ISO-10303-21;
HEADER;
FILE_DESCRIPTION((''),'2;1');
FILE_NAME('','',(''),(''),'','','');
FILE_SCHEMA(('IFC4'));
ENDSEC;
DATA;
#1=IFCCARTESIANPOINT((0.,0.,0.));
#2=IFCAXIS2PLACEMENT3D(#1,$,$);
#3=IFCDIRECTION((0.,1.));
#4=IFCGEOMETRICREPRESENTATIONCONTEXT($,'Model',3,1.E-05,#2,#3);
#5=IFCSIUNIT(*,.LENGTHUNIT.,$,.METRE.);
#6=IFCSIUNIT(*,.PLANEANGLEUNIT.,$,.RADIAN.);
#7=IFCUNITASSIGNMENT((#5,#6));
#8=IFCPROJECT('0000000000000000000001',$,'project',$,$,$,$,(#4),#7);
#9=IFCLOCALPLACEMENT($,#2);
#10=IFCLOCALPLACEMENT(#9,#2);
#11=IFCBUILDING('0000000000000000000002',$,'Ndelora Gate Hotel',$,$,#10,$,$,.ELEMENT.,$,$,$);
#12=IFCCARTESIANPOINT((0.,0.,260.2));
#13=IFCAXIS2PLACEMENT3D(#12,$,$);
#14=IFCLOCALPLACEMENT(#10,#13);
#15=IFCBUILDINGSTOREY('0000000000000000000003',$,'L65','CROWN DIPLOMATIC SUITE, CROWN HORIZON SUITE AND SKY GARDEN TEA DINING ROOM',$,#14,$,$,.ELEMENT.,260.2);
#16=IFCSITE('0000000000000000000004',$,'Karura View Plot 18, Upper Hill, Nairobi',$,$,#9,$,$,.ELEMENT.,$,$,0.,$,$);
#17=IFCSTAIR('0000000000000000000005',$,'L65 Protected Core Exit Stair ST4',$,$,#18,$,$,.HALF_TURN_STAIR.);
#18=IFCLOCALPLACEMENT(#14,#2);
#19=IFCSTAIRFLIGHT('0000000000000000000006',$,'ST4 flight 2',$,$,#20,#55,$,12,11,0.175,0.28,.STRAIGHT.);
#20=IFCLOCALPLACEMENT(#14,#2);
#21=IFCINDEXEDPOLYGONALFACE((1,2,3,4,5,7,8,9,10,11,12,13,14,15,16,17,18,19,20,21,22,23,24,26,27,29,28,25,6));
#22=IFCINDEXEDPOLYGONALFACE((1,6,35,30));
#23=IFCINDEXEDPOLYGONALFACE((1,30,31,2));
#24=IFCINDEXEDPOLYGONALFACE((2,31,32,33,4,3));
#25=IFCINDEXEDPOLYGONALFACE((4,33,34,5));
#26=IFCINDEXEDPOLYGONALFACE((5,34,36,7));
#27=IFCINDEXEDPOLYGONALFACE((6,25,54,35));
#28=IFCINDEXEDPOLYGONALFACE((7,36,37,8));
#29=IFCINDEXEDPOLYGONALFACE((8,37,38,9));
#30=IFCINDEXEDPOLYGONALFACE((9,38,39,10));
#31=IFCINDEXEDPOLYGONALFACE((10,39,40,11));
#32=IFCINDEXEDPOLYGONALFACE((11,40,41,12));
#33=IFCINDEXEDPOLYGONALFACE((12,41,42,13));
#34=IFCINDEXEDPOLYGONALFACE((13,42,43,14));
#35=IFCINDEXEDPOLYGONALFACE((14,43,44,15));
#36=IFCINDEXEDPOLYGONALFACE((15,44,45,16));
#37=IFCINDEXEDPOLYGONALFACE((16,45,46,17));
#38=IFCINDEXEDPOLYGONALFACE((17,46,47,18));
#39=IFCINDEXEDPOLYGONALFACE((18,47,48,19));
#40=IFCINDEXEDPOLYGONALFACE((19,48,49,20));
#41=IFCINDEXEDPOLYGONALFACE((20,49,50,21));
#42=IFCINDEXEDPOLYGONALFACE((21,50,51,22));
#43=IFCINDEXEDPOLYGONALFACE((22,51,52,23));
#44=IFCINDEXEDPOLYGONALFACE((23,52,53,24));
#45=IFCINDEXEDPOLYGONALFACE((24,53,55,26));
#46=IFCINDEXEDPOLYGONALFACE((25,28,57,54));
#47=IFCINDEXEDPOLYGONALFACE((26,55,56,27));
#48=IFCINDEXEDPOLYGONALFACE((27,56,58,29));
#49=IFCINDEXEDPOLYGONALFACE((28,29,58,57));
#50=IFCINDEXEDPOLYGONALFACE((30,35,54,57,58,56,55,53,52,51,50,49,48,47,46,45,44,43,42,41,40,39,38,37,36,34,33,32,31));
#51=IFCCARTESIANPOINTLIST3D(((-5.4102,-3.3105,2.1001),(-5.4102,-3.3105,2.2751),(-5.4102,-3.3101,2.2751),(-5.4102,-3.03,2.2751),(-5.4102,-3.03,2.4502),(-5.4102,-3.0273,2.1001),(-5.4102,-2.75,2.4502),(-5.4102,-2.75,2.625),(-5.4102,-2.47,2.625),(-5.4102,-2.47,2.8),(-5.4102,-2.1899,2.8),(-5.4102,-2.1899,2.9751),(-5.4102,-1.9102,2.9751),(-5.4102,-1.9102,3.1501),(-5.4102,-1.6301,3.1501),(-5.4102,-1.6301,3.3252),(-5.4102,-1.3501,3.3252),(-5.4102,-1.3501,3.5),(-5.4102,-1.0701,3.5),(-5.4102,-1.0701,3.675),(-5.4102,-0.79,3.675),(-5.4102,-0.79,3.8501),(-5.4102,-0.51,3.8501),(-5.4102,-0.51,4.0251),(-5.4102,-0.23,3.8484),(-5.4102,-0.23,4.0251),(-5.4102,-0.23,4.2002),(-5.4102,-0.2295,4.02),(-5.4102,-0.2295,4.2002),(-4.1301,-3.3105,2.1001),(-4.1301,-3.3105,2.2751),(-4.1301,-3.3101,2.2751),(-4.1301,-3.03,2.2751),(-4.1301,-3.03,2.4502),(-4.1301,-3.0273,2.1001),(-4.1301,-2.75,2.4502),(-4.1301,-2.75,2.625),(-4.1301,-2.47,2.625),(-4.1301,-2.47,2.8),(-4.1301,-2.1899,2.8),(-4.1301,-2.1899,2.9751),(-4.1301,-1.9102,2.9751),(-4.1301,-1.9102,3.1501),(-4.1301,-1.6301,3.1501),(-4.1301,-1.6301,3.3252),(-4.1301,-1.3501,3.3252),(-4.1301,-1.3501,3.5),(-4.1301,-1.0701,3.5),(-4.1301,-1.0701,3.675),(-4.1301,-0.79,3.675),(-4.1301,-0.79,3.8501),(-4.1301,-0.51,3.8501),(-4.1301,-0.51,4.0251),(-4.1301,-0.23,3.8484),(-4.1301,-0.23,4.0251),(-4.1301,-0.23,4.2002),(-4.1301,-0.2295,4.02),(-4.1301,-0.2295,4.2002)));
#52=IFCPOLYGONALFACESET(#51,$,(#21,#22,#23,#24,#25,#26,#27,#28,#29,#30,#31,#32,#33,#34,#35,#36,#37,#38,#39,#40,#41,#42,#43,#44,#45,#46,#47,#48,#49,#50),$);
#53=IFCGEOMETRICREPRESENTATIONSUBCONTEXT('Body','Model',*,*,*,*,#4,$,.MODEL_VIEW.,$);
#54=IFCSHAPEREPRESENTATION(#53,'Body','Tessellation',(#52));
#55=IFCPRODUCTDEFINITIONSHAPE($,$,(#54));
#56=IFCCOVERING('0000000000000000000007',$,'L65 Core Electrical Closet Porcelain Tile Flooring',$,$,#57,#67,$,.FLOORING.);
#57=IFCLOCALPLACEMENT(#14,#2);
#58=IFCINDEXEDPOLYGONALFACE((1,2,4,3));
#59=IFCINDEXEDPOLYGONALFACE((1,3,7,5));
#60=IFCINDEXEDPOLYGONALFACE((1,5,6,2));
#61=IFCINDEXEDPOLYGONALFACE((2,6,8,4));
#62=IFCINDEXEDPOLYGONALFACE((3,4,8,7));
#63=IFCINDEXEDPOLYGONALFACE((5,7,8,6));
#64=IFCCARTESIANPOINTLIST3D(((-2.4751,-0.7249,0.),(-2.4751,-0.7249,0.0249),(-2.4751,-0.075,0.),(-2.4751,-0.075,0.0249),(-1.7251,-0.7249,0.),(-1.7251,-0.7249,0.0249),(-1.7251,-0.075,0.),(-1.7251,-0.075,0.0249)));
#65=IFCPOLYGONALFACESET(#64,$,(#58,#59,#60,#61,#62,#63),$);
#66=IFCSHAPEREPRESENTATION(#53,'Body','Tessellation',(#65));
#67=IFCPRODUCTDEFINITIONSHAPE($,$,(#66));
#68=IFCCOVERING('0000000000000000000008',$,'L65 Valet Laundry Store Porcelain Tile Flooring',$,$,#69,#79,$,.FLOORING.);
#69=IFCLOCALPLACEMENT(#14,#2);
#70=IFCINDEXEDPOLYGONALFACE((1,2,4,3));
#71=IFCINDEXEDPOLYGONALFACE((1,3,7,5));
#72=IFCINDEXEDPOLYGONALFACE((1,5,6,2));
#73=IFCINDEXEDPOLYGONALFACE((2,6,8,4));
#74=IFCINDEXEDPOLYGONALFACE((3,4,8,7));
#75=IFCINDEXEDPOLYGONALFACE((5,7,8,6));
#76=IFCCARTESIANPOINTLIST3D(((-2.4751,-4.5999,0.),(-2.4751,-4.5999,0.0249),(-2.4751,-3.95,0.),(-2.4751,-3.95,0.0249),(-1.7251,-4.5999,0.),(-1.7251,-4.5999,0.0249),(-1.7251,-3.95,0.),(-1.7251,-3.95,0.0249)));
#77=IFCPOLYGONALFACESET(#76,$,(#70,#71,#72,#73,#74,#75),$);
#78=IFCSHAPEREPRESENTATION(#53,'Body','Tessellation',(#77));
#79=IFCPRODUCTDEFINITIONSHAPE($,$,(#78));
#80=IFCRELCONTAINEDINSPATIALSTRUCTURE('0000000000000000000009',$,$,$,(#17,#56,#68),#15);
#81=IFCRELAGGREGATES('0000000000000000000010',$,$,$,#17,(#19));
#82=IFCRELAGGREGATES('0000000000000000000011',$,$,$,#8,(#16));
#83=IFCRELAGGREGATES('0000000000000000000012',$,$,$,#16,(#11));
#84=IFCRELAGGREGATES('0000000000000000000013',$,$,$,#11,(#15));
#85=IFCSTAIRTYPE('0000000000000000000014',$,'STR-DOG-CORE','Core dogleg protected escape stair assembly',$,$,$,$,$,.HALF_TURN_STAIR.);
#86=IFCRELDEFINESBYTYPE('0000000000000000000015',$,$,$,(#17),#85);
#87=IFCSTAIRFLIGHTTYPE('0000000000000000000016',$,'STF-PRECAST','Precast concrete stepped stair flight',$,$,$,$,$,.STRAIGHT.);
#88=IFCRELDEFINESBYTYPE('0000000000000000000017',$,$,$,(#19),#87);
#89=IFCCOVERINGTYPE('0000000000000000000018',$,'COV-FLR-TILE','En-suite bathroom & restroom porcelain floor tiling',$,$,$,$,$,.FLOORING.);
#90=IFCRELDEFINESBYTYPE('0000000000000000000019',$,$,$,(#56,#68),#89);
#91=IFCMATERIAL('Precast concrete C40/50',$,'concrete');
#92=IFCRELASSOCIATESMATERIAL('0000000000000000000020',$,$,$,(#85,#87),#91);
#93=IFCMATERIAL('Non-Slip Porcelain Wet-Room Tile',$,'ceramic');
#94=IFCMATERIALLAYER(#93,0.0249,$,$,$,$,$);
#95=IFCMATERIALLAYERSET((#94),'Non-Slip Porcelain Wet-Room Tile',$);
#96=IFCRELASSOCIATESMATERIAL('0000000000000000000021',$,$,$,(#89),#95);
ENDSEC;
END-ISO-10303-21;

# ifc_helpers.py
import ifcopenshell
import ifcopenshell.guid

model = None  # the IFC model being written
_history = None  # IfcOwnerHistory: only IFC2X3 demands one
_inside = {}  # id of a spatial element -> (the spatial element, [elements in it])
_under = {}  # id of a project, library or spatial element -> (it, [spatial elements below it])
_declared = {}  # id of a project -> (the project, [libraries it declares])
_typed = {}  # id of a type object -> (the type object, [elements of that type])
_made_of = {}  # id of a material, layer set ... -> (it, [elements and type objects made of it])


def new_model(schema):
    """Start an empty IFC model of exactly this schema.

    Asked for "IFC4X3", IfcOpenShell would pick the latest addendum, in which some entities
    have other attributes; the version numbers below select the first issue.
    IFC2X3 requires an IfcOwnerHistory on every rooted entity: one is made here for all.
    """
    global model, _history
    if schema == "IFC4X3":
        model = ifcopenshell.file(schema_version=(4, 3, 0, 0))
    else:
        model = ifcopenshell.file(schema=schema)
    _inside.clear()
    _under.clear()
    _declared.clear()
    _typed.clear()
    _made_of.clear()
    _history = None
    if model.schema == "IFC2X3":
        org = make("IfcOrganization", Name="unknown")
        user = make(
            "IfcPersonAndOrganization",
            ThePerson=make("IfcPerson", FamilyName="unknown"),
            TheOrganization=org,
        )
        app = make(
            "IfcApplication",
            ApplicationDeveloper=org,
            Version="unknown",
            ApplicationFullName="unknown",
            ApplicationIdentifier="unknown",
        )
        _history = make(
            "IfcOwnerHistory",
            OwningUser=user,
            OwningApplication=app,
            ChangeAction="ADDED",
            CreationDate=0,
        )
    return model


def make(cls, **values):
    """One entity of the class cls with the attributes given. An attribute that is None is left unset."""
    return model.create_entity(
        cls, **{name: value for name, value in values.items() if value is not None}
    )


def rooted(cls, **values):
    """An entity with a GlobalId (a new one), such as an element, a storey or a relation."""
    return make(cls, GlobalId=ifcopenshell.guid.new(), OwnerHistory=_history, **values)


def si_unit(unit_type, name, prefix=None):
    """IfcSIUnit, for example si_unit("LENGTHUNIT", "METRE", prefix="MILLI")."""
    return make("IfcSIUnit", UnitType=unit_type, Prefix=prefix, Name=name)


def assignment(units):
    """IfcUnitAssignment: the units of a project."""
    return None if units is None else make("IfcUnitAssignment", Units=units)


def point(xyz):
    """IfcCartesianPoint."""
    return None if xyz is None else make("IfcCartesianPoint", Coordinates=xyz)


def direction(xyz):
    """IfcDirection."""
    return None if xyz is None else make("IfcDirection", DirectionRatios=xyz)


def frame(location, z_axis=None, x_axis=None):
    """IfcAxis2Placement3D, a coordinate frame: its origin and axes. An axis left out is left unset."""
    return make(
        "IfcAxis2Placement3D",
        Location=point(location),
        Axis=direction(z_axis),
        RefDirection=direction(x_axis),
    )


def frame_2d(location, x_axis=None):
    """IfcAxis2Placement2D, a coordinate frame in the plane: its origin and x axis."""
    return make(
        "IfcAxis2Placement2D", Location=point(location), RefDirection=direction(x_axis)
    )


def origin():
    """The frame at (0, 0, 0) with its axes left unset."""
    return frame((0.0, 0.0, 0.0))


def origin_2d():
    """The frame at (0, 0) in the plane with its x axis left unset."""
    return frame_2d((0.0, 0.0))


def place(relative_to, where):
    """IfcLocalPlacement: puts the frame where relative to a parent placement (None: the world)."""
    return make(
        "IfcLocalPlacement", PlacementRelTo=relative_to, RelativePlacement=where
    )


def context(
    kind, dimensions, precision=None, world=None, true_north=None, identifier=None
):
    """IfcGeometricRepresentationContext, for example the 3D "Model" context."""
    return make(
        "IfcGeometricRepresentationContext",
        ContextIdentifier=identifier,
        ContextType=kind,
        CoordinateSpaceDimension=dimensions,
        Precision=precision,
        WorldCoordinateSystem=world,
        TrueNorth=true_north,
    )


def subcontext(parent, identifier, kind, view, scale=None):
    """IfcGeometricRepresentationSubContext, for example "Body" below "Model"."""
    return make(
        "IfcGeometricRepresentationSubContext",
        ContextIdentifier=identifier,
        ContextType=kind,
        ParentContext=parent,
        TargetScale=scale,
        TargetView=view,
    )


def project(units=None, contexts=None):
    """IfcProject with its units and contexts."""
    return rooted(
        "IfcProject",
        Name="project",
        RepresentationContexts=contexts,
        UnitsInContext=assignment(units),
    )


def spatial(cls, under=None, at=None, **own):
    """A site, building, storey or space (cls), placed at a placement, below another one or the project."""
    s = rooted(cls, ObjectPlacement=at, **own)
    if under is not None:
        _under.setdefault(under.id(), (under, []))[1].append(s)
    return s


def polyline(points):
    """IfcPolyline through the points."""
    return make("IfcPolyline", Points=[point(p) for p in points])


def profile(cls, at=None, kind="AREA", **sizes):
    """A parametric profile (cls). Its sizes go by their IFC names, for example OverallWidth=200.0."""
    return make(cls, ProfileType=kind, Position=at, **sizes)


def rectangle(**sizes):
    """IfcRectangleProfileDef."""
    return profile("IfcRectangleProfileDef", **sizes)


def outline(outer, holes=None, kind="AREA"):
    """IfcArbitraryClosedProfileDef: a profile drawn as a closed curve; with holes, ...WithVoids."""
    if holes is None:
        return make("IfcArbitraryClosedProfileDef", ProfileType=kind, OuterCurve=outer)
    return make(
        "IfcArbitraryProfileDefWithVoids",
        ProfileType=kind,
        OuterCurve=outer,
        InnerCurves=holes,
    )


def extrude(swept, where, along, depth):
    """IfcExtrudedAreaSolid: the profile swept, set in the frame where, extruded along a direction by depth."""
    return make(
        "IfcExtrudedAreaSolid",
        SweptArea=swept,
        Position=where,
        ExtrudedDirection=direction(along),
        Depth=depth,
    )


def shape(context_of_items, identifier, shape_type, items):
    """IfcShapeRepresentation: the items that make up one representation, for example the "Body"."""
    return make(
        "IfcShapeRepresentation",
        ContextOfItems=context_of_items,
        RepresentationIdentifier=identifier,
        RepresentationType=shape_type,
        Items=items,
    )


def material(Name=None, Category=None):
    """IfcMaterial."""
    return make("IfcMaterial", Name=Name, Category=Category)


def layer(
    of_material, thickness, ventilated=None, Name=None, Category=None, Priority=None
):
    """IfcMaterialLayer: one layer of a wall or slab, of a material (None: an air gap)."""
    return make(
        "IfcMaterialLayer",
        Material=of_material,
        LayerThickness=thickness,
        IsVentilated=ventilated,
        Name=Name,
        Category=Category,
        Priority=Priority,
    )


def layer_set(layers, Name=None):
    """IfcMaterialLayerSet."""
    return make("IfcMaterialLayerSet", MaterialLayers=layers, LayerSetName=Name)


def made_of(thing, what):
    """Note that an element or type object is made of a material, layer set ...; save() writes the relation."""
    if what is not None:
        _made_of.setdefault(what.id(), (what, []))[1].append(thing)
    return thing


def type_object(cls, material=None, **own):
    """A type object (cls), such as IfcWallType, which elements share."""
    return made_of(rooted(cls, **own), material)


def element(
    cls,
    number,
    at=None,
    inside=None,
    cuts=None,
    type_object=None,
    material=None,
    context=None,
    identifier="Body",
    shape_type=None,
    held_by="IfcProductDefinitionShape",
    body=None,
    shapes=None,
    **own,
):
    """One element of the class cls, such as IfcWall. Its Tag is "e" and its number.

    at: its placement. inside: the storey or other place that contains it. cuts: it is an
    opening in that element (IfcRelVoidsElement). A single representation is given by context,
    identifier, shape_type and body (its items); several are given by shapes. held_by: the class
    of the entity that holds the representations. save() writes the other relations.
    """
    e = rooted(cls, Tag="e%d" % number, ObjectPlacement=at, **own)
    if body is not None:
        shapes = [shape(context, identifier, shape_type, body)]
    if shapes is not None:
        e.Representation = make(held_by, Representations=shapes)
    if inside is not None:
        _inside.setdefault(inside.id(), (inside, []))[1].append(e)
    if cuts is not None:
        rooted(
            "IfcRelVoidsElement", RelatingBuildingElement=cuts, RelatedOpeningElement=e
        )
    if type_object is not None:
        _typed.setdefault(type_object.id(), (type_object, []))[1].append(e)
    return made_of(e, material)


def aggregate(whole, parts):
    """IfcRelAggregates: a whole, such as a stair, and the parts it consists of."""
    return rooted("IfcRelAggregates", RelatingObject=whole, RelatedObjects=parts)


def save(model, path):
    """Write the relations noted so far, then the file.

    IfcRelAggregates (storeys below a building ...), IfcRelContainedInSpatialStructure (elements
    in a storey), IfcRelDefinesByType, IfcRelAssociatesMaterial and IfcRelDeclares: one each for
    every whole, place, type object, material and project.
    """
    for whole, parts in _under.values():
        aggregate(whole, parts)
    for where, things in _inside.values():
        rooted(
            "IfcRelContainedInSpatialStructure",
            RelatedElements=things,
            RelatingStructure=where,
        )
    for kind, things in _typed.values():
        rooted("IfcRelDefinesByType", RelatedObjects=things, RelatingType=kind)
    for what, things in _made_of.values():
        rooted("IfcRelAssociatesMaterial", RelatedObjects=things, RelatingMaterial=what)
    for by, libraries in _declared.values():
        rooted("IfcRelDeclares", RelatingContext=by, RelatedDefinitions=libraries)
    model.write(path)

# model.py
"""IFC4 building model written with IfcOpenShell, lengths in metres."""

from ifc_helpers import new_model, si_unit, direction, frame, origin, origin_2d, place, context, subcontext, project, spatial, polyline, rectangle, outline, extrude, material, layer, layer_set, type_object, element, aggregate, save


model = new_model("IFC4")

# Units and contexts
model_context = context("Model", 3, precision=1e-05, world=origin(), true_north=direction((0.0, 1.0)))
body_context = subcontext(model_context, "Body", "Model", "MODEL_VIEW")
ifc_project = project(units=[si_unit("LENGTHUNIT", "METRE"), si_unit("PLANEANGLEUNIT", "RADIAN")], contexts=[model_context])

# Site, building, storey
site_placement = place(None, origin())
site = spatial("IfcSite", under=ifc_project, at=site_placement, Name="Karura View Plot 18, Upper Hill, Nairobi", CompositionType="ELEMENT", RefElevation=0.0)
building_placement = place(site_placement, origin())
building = spatial("IfcBuilding", under=site, at=building_placement, Name="Ndelora Gate Hotel", CompositionType="ELEMENT")
storey_placement = place(building_placement, frame((0.0, 0.0, 260.2)))
storey = spatial("IfcBuildingStorey", under=building, at=storey_placement, Name="L65", Description="CROWN DIPLOMATIC SUITE, CROWN HORIZON SUITE AND SKY GARDEN TEA DINING ROOM", CompositionType="ELEMENT", Elevation=260.2)

# Stair, stair flight
ifc_material_1 = material(Name="Precast concrete C40/50", Category="concrete")
stair_type = type_object("IfcStairType", Name="STR-DOG-CORE", Description="Core dogleg protected escape stair assembly", PredefinedType="HALF_TURN_STAIR", material=ifc_material_1)
stair_placement = place(storey_placement, origin())
stair = element("IfcStair", 1, at=stair_placement, inside=storey, type_object=stair_type, Name="L65 Protected Core Exit Stair ST4", PredefinedType="HALF_TURN_STAIR")
stair_flight_type = type_object("IfcStairFlightType", Name="STF-PRECAST", Description="Precast concrete stepped stair flight", PredefinedType="STRAIGHT", material=ifc_material_1)
stair_flight_1_placement = place(storey_placement, frame((-4.77, -3.3101, 2.1001), z_axis=(0.0, 0.0, 1.0), x_axis=(0.0, 1.0, 0.0)))
stair_flight_1 = element("IfcStairFlight", 2, at=stair_flight_1_placement, type_object=stair_flight_type, Name="ST4 flight 2", NumberOfRisers=12, NumberOfTreads=11, PredefinedType="STRAIGHT", RiserHeight=0.175, TreadLength=0.28, context=body_context, shape_type="SweptSolid", body=[
    extrude(outline(polyline([(-0.0005, 0.0), (-0.0005, 0.175), (0.0, 0.175), (0.28, 0.175), (0.28, 0.3501), (0.5601, 0.3501), (0.5601, 0.5249), (0.8401, 0.5249), (0.8401, 0.7), (1.1201, 0.7), (1.1201, 0.875), (1.3999, 0.875), (1.3999, 1.05), (1.6799, 1.05), (1.6799, 1.2251), (1.96, 1.2251), (1.96, 1.3999), (2.24, 1.3999), (2.24, 1.575), (2.52, 1.575), (2.52, 1.75), (2.8, 1.75), (2.8, 1.925), (3.0801, 1.925), (3.0801, 2.1001), (3.0806, 2.1001), (3.0806, 1.9199), (3.0801, 1.7483), (0.2827, 0.0), (-0.0005, 0.0)])), frame((0.0, 0.6401, 0.0), z_axis=(0.0, -1.0, 0.0), x_axis=(1.0, 0.0, 0.0)), (0.0, 0.0, 1.0), 1.28),
])
aggregate(stair, [stair_flight_1])

# Coverings
ifc_material_2 = material(Name="Non-Slip Porcelain Wet-Room Tile", Category="ceramic")
ifc_layer_1 = layer(ifc_material_2, 0.0249)
ifc_layer_set_1 = layer_set([ifc_layer_1], Name="Non-Slip Porcelain Wet-Room Tile")
covering_type = type_object("IfcCoveringType", Name="COV-FLR-TILE", Description="En-suite bathroom & restroom porcelain floor tiling", PredefinedType="FLOORING", material=ifc_layer_set_1)
for number, where, z_axis, x_axis, name in (
    (3, (-2.1001, -0.3999, 0.0), (0.0, 0.0, 1.0), (1.0, 0.0, 0.0), "L65 Core Electrical Closet Porcelain Tile Flooring"),
    (4, (-2.1001, -4.2749, 0.0), (0.0, 0.0, 1.0), (1.0, 0.0, 0.0), "L65 Valet Laundry Store Porcelain Tile Flooring"),
):
    element("IfcCovering", number, at=place(storey_placement, frame(where, z_axis=z_axis, x_axis=x_axis)), inside=storey, type_object=covering_type, Name=name, PredefinedType="FLOORING", context=body_context, shape_type="SweptSolid", body=[
        extrude(rectangle(XDim=0.75, YDim=0.6499, at=origin_2d()), origin(), (0.0, 0.0, 1.0), 0.0249),
    ])

save(model, "model.ifc")
